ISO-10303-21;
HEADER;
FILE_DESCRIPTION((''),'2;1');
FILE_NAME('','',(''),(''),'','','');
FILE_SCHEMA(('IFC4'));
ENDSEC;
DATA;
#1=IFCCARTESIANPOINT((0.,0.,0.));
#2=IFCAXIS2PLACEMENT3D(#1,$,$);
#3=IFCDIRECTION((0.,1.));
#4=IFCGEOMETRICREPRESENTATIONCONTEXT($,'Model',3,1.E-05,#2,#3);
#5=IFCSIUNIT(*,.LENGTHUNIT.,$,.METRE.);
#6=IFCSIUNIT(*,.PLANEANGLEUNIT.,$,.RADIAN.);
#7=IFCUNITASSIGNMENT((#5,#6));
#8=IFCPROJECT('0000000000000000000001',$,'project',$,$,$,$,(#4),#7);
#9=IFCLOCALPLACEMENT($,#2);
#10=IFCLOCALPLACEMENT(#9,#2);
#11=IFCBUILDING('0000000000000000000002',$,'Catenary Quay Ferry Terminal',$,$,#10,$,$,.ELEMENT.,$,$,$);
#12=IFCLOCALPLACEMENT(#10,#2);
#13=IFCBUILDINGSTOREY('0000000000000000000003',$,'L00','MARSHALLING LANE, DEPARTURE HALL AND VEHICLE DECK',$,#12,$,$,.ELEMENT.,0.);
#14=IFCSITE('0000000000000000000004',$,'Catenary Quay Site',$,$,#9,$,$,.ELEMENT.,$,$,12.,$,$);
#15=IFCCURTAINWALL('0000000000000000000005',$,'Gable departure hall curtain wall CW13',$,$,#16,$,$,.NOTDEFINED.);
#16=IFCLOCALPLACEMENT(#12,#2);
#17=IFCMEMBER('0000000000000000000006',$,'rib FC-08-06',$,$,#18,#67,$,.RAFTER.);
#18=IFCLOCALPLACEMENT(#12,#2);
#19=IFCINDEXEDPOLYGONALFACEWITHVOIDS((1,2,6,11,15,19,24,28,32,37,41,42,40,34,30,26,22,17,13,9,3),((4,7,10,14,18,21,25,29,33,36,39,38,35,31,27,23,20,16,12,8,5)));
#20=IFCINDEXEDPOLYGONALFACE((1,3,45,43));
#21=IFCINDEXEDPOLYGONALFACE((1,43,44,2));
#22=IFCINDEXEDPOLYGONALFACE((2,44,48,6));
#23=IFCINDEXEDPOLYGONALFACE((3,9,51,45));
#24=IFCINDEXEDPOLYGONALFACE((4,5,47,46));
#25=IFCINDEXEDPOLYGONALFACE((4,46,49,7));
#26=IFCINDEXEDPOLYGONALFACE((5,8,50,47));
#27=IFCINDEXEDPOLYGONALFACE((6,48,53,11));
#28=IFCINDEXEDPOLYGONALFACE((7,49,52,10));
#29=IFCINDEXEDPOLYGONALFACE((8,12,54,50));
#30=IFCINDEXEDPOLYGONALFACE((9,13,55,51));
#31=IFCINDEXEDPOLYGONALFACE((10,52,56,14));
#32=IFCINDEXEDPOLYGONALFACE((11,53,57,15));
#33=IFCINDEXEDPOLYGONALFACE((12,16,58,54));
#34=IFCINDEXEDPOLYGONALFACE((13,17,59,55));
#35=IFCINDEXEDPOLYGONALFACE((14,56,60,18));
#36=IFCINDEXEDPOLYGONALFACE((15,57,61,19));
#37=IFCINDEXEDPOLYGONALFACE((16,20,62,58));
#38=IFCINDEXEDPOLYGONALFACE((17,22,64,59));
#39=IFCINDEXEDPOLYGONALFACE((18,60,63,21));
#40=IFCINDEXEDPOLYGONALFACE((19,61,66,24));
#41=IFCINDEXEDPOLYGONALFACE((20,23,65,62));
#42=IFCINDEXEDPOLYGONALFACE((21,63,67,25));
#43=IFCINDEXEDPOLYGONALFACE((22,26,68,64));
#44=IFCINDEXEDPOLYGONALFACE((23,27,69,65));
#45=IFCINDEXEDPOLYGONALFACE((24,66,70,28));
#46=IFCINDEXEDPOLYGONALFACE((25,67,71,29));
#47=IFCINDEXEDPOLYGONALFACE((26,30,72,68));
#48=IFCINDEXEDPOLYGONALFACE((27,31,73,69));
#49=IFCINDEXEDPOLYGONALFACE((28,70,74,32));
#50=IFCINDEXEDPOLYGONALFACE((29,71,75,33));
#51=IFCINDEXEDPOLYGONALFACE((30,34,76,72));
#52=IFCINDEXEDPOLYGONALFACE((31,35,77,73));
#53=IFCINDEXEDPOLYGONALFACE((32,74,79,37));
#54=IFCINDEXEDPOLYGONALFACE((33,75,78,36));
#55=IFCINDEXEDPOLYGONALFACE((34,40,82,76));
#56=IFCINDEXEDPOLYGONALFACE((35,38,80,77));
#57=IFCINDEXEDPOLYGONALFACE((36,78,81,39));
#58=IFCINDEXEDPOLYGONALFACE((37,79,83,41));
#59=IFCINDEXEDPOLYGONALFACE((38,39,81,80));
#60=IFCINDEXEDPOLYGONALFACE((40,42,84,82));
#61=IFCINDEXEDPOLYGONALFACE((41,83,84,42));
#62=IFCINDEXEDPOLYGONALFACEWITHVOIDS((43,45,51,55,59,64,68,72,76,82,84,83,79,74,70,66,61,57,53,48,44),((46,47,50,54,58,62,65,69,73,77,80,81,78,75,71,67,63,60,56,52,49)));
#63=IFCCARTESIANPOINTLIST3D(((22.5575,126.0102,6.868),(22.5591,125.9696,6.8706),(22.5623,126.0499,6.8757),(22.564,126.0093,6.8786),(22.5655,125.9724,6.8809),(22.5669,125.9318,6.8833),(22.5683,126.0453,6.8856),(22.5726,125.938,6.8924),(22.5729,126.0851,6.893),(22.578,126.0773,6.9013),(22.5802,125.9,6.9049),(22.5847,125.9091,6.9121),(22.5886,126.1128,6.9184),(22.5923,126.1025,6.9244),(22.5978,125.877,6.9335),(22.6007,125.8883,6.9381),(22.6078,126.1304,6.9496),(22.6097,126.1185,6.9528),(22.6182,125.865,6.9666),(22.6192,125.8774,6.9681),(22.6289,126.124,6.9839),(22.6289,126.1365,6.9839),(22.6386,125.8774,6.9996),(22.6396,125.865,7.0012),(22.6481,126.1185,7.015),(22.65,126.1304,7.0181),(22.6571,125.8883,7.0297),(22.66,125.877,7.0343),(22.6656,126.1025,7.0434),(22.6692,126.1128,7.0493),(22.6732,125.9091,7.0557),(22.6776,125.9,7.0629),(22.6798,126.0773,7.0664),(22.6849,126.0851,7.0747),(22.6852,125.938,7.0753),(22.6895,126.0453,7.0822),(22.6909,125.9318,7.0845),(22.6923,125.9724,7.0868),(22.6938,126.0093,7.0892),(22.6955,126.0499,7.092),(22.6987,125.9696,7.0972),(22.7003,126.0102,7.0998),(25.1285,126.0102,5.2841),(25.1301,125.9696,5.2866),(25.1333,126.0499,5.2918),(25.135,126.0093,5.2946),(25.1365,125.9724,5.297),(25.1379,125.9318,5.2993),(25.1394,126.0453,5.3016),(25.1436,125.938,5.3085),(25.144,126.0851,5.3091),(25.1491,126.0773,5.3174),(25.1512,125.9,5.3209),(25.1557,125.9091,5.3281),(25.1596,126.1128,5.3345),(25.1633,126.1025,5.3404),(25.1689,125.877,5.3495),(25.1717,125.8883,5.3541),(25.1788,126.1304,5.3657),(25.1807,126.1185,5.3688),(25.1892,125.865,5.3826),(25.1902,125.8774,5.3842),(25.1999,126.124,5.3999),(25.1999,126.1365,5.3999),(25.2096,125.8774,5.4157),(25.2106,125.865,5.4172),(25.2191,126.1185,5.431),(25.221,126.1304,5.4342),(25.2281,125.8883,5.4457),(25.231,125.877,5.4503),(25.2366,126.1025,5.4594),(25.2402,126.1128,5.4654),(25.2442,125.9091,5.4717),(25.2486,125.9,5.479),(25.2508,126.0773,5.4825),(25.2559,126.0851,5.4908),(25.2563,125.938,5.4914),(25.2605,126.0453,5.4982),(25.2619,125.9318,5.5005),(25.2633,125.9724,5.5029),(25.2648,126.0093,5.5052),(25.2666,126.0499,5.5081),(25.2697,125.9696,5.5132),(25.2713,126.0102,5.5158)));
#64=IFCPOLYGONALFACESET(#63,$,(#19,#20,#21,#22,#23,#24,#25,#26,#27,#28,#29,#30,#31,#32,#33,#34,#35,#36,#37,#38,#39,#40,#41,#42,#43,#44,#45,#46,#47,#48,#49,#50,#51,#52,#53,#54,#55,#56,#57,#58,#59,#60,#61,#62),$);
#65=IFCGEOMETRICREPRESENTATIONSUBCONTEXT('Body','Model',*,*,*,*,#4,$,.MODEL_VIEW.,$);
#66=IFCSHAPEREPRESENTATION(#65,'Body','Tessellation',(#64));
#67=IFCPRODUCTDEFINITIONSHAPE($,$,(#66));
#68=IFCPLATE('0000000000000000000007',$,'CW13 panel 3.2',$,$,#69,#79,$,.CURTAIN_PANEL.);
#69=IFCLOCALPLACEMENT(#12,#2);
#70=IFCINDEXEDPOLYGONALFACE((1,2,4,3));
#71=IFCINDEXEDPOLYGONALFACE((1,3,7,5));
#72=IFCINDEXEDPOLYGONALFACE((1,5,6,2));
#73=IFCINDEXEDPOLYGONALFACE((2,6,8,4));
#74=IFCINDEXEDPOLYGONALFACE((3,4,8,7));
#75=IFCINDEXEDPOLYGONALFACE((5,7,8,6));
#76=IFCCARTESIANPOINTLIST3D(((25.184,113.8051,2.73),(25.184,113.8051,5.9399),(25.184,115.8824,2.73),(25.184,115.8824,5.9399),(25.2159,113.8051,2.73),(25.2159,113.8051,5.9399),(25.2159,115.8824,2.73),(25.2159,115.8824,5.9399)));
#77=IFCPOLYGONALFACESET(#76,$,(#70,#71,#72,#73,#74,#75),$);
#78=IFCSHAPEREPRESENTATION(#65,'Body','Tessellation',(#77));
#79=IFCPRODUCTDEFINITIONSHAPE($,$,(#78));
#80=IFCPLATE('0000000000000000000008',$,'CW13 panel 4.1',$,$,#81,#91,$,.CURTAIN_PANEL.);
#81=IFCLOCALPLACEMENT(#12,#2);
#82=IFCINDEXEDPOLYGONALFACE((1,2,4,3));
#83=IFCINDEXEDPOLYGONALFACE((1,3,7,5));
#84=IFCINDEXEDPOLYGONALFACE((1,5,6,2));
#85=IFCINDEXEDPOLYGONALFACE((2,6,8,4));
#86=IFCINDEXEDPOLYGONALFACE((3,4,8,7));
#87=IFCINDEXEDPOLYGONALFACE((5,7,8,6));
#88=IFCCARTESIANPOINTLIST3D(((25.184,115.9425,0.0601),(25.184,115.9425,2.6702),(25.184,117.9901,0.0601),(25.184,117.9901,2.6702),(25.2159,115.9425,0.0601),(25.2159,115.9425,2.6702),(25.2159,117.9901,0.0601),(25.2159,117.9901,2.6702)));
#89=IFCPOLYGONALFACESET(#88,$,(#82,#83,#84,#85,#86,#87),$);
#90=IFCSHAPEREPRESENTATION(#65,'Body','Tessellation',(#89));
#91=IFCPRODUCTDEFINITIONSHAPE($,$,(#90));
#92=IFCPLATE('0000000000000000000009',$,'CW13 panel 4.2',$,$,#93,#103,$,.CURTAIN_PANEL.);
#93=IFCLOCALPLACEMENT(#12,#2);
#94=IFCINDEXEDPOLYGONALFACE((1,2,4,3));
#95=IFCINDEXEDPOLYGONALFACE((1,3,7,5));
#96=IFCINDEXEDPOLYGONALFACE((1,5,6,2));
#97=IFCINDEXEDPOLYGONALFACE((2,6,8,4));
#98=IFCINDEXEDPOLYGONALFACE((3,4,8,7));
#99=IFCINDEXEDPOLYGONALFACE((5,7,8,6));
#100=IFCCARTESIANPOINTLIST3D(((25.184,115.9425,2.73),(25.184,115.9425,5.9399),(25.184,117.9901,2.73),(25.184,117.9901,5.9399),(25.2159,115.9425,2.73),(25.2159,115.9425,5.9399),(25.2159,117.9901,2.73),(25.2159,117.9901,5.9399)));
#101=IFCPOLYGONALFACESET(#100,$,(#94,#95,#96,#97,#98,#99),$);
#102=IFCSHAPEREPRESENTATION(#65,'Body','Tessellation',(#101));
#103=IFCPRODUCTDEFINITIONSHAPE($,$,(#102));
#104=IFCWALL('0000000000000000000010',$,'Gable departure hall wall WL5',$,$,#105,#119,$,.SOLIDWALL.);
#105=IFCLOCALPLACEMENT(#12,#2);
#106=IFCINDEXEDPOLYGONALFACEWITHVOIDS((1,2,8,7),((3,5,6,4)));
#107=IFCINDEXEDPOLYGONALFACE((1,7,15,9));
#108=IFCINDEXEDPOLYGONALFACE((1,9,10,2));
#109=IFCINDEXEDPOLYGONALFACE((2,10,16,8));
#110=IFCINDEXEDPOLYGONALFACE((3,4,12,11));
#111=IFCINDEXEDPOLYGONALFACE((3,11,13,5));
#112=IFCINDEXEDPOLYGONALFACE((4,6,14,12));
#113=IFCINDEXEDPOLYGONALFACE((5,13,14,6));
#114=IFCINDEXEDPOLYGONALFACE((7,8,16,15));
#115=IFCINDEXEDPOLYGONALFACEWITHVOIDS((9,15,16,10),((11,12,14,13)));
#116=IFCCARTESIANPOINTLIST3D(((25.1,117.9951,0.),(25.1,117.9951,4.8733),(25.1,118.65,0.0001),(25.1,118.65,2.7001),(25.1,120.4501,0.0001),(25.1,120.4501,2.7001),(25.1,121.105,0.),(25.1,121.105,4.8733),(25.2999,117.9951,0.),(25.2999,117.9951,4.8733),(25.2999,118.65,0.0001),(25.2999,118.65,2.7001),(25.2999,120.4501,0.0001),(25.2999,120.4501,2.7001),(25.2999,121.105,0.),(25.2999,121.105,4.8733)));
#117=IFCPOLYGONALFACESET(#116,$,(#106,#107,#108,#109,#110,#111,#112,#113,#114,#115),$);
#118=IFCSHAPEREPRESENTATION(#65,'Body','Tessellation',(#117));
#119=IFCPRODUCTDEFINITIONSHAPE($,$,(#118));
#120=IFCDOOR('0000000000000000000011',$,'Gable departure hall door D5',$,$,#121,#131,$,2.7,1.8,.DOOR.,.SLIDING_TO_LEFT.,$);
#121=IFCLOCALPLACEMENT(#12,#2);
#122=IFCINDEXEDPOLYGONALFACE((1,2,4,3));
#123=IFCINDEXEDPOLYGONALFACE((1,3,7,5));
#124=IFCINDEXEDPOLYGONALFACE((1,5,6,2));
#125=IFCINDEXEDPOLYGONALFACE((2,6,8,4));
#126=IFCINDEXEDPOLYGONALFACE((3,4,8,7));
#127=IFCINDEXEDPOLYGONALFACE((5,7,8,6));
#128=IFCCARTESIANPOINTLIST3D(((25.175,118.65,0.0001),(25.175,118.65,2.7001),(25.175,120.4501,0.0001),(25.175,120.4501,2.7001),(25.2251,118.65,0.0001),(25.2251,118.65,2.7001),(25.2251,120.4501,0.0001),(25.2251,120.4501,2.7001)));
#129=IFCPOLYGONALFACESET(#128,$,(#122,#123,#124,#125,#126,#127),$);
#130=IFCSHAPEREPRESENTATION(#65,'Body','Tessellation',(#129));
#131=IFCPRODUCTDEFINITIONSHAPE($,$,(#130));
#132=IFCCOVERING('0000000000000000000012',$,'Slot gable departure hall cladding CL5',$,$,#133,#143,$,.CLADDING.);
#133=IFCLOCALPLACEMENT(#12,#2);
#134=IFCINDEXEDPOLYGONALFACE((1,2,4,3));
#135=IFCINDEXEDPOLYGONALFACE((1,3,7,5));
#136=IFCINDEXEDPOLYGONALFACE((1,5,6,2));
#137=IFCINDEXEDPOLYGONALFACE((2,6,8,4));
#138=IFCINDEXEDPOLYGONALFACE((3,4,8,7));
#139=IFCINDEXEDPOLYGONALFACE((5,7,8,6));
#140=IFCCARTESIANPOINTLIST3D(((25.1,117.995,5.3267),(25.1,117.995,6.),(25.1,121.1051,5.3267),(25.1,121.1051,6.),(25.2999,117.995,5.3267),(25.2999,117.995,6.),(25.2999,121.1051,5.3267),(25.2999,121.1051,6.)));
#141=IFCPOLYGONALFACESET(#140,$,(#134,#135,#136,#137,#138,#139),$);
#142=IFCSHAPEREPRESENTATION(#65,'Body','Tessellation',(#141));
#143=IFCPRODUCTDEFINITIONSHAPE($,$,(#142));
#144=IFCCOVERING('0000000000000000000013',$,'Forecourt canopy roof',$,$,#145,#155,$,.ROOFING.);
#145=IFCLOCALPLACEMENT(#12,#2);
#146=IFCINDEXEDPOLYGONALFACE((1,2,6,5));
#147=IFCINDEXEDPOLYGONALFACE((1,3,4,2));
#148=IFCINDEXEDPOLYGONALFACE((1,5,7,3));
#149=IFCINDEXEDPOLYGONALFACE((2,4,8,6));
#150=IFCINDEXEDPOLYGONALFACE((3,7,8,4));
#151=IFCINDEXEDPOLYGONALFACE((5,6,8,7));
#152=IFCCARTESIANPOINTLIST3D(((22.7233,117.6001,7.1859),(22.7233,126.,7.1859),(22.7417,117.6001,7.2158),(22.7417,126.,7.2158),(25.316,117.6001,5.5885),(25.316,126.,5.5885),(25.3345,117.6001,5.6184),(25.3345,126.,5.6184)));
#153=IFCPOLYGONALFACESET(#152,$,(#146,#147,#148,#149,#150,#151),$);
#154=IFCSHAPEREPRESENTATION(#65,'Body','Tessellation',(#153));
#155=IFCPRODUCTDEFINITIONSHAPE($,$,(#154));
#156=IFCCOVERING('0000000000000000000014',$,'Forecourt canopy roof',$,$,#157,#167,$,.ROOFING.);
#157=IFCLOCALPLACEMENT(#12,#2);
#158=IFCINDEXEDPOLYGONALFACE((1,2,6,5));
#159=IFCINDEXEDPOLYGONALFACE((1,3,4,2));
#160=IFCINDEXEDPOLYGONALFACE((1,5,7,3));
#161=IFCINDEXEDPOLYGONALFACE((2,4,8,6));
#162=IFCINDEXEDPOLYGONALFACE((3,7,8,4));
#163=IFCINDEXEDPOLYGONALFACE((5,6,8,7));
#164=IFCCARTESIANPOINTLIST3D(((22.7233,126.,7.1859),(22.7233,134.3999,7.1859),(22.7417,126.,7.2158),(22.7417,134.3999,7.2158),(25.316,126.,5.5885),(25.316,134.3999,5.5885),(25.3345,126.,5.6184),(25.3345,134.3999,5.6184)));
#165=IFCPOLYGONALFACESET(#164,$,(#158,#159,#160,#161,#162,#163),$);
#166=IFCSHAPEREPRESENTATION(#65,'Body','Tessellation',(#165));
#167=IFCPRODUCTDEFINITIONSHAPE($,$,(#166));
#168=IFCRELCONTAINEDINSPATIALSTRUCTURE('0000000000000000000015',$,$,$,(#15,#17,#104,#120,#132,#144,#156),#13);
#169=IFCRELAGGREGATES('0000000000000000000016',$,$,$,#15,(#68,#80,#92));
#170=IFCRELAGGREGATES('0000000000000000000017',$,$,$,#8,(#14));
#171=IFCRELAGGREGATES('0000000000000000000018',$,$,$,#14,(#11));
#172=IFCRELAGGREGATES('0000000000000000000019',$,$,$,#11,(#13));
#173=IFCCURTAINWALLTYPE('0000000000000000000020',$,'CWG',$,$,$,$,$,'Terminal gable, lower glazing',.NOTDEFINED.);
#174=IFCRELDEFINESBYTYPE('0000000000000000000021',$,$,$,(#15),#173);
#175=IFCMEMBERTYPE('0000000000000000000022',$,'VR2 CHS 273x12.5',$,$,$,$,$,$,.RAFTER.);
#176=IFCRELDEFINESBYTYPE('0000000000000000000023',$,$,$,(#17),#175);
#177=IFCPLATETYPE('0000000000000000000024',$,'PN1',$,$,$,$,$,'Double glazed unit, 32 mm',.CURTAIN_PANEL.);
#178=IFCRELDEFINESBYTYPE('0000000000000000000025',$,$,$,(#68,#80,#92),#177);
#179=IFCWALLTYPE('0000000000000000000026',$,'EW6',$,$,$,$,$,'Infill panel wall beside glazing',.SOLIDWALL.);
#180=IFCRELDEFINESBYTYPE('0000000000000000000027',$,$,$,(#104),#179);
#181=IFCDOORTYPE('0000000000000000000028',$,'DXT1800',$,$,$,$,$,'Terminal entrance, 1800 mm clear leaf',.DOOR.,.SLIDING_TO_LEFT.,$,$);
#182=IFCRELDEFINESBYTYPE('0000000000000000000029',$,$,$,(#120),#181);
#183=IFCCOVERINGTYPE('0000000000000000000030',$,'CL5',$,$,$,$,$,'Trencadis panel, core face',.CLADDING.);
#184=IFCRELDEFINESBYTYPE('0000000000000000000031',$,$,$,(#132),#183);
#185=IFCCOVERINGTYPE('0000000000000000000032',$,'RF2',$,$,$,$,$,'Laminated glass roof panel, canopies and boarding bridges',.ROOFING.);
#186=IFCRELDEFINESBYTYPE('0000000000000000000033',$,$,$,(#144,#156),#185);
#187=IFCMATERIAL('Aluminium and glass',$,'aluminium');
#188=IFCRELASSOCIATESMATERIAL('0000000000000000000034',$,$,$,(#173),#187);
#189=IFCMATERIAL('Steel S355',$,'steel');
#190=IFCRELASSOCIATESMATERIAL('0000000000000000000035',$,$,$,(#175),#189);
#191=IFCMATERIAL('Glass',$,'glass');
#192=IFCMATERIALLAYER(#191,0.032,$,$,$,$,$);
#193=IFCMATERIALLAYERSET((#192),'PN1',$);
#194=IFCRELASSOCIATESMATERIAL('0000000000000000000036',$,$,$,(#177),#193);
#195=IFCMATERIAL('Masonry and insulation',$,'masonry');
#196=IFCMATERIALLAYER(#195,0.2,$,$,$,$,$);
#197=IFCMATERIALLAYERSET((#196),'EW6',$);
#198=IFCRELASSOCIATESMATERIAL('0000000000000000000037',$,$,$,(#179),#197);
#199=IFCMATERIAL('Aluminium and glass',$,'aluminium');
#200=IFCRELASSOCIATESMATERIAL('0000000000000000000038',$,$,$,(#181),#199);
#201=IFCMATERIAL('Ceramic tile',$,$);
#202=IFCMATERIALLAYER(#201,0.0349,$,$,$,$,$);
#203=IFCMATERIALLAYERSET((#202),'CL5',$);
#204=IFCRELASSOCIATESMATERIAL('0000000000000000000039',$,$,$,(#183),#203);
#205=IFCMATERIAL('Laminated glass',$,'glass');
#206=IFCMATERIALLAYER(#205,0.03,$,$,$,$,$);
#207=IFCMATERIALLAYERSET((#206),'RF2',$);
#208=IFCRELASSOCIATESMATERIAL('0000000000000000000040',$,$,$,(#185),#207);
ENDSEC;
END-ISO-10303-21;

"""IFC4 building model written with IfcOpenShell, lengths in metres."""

from ifc_helpers import new_model, si_unit, direction, frame, frame_2d, origin, origin_2d, place, context, subcontext, project, spatial, polyline, rectangle, hollow_circle, outline, extrude, material, layer, layer_set, material_profile, profile_set, type_object, element, fill, aggregate, save


model = new_model("IFC4")

# Units and contexts
model_context = context("Model", 3, precision=1e-05, world=origin(), true_north=direction((0.0, 1.0)))
body_context = subcontext(model_context, "Body", "Model", "MODEL_VIEW")
ifc_project = project(units=[si_unit("LENGTHUNIT", "METRE"), si_unit("PLANEANGLEUNIT", "RADIAN")], contexts=[model_context])

# Site, building, storey
site_placement = place(None, origin())
site = spatial("IfcSite", under=ifc_project, at=site_placement, Name="Catenary Quay Site", CompositionType="ELEMENT", RefElevation=12.0)
building_placement = place(site_placement, origin())
building = spatial("IfcBuilding", under=site, at=building_placement, Name="Catenary Quay Ferry Terminal", CompositionType="ELEMENT")
storey_placement = place(building_placement, origin())
storey = spatial("IfcBuildingStorey", under=building, at=storey_placement, Name="L00", Description="MARSHALLING LANE, DEPARTURE HALL AND VEHICLE DECK", CompositionType="ELEMENT", Elevation=0.0)

# Curtain wall
ifc_material_1 = material(Name="Aluminium and glass", Category="aluminium")
curtain_wall_type = type_object("IfcCurtainWallType", Name="CWG", ElementType="Terminal gable, lower glazing", PredefinedType="NOTDEFINED", material=ifc_material_1)
curtain_wall_1_placement = place(storey_placement, origin())
curtain_wall_1 = element("IfcCurtainWall", 1, at=curtain_wall_1_placement, inside=storey, type_object=curtain_wall_type, Name="Gable departure hall curtain wall CW13", PredefinedType="NOTDEFINED")

# Member
ifc_material_2 = material(Name="Steel S355", Category="steel")
ifc_material_profile_1 = material_profile(ifc_material_2, hollow_circle(Radius=0.1365, WallThickness=0.0125, at=origin_2d()), Name="CHS 273x12.5")
ifc_profile_set_1 = profile_set([ifc_material_profile_1], Name="Steel S355")
member_type_1 = type_object("IfcMemberType", Name="VR2 CHS 273x12.5", PredefinedType="RAFTER", material=ifc_profile_set_1)
for number, where, z_axis, x_axis, name in (
    (2, (22.6289, 126.0, 6.9839), (0.851392, 0.0, -0.52453), (0.0, 1.0, 0.0), "rib FC-08-06"),
):
    element("IfcMember", number, at=place(storey_placement, frame(where, z_axis=z_axis, x_axis=x_axis)), inside=storey, type_object=member_type_1, Name=name, PredefinedType="RAFTER", context=body_context, shape_type="SweptSolid", body=[
        extrude(hollow_circle(Radius=0.1365, WallThickness=0.0125, at=origin_2d()), origin(), (0.0, 0.0, 1.0), 3.0198),
    ])

# Plates
ifc_material_3 = material(Name="Glass", Category="glass")
ifc_layer_1 = layer(ifc_material_3, 0.032)
ifc_layer_set_1 = layer_set([ifc_layer_1], Name="PN1")
plate_type = type_object("IfcPlateType", Name="PN1", ElementType="Double glazed unit, 32 mm", PredefinedType="CURTAIN_PANEL", material=ifc_layer_set_1)
plate_1_placement = place(storey_placement, frame((25.2, 114.8438, 2.73), z_axis=(0.0, 0.0, 1.0), x_axis=(0.0, 1.0, 0.0)))
plate_1 = element("IfcPlate", 3, at=plate_1_placement, type_object=plate_type, Name="CW13 panel 3.2", PredefinedType="CURTAIN_PANEL", context=body_context, shape_type="SweptSolid", body=[
    extrude(rectangle(XDim=2.0774, YDim=0.032, at=origin_2d()), origin(), (0.0, 0.0, 1.0), 3.21),
])
plate_2_placement = place(storey_placement, frame((25.2, 116.9663, 0.0601), z_axis=(0.0, 0.0, 1.0), x_axis=(0.0, 1.0, 0.0)))
plate_2 = element("IfcPlate", 4, at=plate_2_placement, type_object=plate_type, Name="CW13 panel 4.1", PredefinedType="CURTAIN_PANEL", context=body_context, shape_type="SweptSolid", body=[
    extrude(rectangle(XDim=2.0476, YDim=0.032, at=origin_2d()), origin(), (0.0, 0.0, 1.0), 2.6101),
])
plate_3_placement = place(storey_placement, frame((25.2, 116.9663, 2.73), z_axis=(0.0, 0.0, 1.0), x_axis=(0.0, 1.0, 0.0)))
plate_3 = element("IfcPlate", 5, at=plate_3_placement, type_object=plate_type, Name="CW13 panel 4.2", PredefinedType="CURTAIN_PANEL", context=body_context, shape_type="SweptSolid", body=[
    extrude(rectangle(XDim=2.0476, YDim=0.032, at=origin_2d()), origin(), (0.0, 0.0, 1.0), 3.21),
])
aggregate(curtain_wall_1, [plate_1, plate_2, plate_3])

# Wall, opening, door
ifc_material_4 = material(Name="Masonry and insulation", Category="masonry")
ifc_layer_2 = layer(ifc_material_4, 0.2)
ifc_layer_set_2 = layer_set([ifc_layer_2], Name="EW6")
wall_type = type_object("IfcWallType", Name="EW6", ElementType="Infill panel wall beside glazing", PredefinedType="SOLIDWALL", material=ifc_layer_set_2)
wall_placement = place(storey_placement, frame((25.2, 117.9951, 0.0), z_axis=(0.0, 0.0, 1.0), x_axis=(0.0, 1.0, 0.0)))
wall = element("IfcWall", 6, at=wall_placement, inside=storey, type_object=wall_type, Name="Gable departure hall wall WL5", PredefinedType="SOLIDWALL", context=body_context, shape_type="SweptSolid", body=[
    extrude(rectangle(XDim=3.1099, YDim=0.2, at=frame_2d((1.5549, 0.0))), origin(), (0.0, 0.0, 1.0), 4.8733),
])
opening_placement = place(wall_placement, frame((0.655, 0.0, 0.0)))
opening = element("IfcOpeningElement", 7, at=opening_placement, cuts=wall, PredefinedType="OPENING", context=body_context, shape_type="SweptSolid", body=[
    extrude(rectangle(XDim=1.8, YDim=2.7, at=frame_2d((0.8999, 1.3501))), frame((0.0, 0.1099, 0.0), z_axis=(0.0, -1.0, 0.0), x_axis=(1.0, 0.0, 0.0)), (0.0, 0.0, 1.0), 0.22),
])
ifc_material_5 = material(Name="Aluminium and glass", Category="aluminium")
door_type = type_object("IfcDoorType", Name="DXT1800", ElementType="Terminal entrance, 1800 mm clear leaf", OperationType="SLIDING_TO_LEFT", PredefinedType="DOOR", material=ifc_material_5)
door_placement = place(opening_placement, origin())
door = element("IfcDoor", 8, at=door_placement, inside=storey, type_object=door_type, Name="Gable departure hall door D5", OperationType="SLIDING_TO_LEFT", OverallHeight=2.7, OverallWidth=1.8, PredefinedType="DOOR", context=body_context, shape_type="SweptSolid", body=[
    extrude(rectangle(XDim=1.8, YDim=2.7, at=frame_2d((0.8999, 1.3501))), frame((0.0, 0.0249, 0.0), z_axis=(0.0, -1.0, 0.0), x_axis=(1.0, 0.0, 0.0)), (0.0, 0.0, 1.0), 0.05),
])
fill(opening, door)

# Coverings
ifc_material_6 = material(Name="Ceramic tile")
ifc_layer_3 = layer(ifc_material_6, 0.0349)
ifc_layer_set_3 = layer_set([ifc_layer_3], Name="CL5")
covering_type_1 = type_object("IfcCoveringType", Name="CL5", ElementType="Trencadis panel, core face", PredefinedType="CLADDING", material=ifc_layer_set_3)
covering_placement = place(storey_placement, frame((25.2, 119.55, 5.3267), z_axis=(0.0, 0.0, 1.0), x_axis=(1.0, 0.0, 0.0)))
element("IfcCovering", 9, at=covering_placement, inside=storey, type_object=covering_type_1, Name="Slot gable departure hall cladding CL5", PredefinedType="CLADDING", context=body_context, shape_type="SweptSolid", body=[
    extrude(rectangle(XDim=0.2, YDim=3.1101, at=origin_2d()), origin(), (0.0, 0.0, 1.0), 0.6733),
])
ifc_material_7 = material(Name="Laminated glass", Category="glass")
ifc_layer_4 = layer(ifc_material_7, 0.03)
ifc_layer_set_4 = layer_set([ifc_layer_4], Name="RF2")
covering_type_2 = type_object("IfcCoveringType", Name="RF2", ElementType="Laminated glass roof panel, canopies and boarding bridges", PredefinedType="ROOFING", material=ifc_layer_set_4)
for number, where, z_axis, x_axis, name in (
    (10, (22.7417, 117.6001, 7.2158), (0.52454, 0.0, 0.851386), (0.0, 1.0, 0.0), "Forecourt canopy roof"),
    (11, (22.7417, 126.0, 7.2158), (0.52454, 0.0, 0.851386), (0.0, 1.0, 0.0), "Forecourt canopy roof"),
):
    element("IfcCovering", number, at=place(storey_placement, frame(where, z_axis=z_axis, x_axis=x_axis)), inside=storey, type_object=covering_type_2, Name=name, PredefinedType="ROOFING", context=body_context, shape_type="SweptSolid", body=[
        extrude(outline(polyline([(0.0, 0.0), (8.3999, 0.0), (8.3999, -3.0454), (0.0, -3.0454), (0.0, 0.0)])), origin(), (0.0, 0.0, -1.0), 0.0352),
    ])

save(model, "model.ifc")
